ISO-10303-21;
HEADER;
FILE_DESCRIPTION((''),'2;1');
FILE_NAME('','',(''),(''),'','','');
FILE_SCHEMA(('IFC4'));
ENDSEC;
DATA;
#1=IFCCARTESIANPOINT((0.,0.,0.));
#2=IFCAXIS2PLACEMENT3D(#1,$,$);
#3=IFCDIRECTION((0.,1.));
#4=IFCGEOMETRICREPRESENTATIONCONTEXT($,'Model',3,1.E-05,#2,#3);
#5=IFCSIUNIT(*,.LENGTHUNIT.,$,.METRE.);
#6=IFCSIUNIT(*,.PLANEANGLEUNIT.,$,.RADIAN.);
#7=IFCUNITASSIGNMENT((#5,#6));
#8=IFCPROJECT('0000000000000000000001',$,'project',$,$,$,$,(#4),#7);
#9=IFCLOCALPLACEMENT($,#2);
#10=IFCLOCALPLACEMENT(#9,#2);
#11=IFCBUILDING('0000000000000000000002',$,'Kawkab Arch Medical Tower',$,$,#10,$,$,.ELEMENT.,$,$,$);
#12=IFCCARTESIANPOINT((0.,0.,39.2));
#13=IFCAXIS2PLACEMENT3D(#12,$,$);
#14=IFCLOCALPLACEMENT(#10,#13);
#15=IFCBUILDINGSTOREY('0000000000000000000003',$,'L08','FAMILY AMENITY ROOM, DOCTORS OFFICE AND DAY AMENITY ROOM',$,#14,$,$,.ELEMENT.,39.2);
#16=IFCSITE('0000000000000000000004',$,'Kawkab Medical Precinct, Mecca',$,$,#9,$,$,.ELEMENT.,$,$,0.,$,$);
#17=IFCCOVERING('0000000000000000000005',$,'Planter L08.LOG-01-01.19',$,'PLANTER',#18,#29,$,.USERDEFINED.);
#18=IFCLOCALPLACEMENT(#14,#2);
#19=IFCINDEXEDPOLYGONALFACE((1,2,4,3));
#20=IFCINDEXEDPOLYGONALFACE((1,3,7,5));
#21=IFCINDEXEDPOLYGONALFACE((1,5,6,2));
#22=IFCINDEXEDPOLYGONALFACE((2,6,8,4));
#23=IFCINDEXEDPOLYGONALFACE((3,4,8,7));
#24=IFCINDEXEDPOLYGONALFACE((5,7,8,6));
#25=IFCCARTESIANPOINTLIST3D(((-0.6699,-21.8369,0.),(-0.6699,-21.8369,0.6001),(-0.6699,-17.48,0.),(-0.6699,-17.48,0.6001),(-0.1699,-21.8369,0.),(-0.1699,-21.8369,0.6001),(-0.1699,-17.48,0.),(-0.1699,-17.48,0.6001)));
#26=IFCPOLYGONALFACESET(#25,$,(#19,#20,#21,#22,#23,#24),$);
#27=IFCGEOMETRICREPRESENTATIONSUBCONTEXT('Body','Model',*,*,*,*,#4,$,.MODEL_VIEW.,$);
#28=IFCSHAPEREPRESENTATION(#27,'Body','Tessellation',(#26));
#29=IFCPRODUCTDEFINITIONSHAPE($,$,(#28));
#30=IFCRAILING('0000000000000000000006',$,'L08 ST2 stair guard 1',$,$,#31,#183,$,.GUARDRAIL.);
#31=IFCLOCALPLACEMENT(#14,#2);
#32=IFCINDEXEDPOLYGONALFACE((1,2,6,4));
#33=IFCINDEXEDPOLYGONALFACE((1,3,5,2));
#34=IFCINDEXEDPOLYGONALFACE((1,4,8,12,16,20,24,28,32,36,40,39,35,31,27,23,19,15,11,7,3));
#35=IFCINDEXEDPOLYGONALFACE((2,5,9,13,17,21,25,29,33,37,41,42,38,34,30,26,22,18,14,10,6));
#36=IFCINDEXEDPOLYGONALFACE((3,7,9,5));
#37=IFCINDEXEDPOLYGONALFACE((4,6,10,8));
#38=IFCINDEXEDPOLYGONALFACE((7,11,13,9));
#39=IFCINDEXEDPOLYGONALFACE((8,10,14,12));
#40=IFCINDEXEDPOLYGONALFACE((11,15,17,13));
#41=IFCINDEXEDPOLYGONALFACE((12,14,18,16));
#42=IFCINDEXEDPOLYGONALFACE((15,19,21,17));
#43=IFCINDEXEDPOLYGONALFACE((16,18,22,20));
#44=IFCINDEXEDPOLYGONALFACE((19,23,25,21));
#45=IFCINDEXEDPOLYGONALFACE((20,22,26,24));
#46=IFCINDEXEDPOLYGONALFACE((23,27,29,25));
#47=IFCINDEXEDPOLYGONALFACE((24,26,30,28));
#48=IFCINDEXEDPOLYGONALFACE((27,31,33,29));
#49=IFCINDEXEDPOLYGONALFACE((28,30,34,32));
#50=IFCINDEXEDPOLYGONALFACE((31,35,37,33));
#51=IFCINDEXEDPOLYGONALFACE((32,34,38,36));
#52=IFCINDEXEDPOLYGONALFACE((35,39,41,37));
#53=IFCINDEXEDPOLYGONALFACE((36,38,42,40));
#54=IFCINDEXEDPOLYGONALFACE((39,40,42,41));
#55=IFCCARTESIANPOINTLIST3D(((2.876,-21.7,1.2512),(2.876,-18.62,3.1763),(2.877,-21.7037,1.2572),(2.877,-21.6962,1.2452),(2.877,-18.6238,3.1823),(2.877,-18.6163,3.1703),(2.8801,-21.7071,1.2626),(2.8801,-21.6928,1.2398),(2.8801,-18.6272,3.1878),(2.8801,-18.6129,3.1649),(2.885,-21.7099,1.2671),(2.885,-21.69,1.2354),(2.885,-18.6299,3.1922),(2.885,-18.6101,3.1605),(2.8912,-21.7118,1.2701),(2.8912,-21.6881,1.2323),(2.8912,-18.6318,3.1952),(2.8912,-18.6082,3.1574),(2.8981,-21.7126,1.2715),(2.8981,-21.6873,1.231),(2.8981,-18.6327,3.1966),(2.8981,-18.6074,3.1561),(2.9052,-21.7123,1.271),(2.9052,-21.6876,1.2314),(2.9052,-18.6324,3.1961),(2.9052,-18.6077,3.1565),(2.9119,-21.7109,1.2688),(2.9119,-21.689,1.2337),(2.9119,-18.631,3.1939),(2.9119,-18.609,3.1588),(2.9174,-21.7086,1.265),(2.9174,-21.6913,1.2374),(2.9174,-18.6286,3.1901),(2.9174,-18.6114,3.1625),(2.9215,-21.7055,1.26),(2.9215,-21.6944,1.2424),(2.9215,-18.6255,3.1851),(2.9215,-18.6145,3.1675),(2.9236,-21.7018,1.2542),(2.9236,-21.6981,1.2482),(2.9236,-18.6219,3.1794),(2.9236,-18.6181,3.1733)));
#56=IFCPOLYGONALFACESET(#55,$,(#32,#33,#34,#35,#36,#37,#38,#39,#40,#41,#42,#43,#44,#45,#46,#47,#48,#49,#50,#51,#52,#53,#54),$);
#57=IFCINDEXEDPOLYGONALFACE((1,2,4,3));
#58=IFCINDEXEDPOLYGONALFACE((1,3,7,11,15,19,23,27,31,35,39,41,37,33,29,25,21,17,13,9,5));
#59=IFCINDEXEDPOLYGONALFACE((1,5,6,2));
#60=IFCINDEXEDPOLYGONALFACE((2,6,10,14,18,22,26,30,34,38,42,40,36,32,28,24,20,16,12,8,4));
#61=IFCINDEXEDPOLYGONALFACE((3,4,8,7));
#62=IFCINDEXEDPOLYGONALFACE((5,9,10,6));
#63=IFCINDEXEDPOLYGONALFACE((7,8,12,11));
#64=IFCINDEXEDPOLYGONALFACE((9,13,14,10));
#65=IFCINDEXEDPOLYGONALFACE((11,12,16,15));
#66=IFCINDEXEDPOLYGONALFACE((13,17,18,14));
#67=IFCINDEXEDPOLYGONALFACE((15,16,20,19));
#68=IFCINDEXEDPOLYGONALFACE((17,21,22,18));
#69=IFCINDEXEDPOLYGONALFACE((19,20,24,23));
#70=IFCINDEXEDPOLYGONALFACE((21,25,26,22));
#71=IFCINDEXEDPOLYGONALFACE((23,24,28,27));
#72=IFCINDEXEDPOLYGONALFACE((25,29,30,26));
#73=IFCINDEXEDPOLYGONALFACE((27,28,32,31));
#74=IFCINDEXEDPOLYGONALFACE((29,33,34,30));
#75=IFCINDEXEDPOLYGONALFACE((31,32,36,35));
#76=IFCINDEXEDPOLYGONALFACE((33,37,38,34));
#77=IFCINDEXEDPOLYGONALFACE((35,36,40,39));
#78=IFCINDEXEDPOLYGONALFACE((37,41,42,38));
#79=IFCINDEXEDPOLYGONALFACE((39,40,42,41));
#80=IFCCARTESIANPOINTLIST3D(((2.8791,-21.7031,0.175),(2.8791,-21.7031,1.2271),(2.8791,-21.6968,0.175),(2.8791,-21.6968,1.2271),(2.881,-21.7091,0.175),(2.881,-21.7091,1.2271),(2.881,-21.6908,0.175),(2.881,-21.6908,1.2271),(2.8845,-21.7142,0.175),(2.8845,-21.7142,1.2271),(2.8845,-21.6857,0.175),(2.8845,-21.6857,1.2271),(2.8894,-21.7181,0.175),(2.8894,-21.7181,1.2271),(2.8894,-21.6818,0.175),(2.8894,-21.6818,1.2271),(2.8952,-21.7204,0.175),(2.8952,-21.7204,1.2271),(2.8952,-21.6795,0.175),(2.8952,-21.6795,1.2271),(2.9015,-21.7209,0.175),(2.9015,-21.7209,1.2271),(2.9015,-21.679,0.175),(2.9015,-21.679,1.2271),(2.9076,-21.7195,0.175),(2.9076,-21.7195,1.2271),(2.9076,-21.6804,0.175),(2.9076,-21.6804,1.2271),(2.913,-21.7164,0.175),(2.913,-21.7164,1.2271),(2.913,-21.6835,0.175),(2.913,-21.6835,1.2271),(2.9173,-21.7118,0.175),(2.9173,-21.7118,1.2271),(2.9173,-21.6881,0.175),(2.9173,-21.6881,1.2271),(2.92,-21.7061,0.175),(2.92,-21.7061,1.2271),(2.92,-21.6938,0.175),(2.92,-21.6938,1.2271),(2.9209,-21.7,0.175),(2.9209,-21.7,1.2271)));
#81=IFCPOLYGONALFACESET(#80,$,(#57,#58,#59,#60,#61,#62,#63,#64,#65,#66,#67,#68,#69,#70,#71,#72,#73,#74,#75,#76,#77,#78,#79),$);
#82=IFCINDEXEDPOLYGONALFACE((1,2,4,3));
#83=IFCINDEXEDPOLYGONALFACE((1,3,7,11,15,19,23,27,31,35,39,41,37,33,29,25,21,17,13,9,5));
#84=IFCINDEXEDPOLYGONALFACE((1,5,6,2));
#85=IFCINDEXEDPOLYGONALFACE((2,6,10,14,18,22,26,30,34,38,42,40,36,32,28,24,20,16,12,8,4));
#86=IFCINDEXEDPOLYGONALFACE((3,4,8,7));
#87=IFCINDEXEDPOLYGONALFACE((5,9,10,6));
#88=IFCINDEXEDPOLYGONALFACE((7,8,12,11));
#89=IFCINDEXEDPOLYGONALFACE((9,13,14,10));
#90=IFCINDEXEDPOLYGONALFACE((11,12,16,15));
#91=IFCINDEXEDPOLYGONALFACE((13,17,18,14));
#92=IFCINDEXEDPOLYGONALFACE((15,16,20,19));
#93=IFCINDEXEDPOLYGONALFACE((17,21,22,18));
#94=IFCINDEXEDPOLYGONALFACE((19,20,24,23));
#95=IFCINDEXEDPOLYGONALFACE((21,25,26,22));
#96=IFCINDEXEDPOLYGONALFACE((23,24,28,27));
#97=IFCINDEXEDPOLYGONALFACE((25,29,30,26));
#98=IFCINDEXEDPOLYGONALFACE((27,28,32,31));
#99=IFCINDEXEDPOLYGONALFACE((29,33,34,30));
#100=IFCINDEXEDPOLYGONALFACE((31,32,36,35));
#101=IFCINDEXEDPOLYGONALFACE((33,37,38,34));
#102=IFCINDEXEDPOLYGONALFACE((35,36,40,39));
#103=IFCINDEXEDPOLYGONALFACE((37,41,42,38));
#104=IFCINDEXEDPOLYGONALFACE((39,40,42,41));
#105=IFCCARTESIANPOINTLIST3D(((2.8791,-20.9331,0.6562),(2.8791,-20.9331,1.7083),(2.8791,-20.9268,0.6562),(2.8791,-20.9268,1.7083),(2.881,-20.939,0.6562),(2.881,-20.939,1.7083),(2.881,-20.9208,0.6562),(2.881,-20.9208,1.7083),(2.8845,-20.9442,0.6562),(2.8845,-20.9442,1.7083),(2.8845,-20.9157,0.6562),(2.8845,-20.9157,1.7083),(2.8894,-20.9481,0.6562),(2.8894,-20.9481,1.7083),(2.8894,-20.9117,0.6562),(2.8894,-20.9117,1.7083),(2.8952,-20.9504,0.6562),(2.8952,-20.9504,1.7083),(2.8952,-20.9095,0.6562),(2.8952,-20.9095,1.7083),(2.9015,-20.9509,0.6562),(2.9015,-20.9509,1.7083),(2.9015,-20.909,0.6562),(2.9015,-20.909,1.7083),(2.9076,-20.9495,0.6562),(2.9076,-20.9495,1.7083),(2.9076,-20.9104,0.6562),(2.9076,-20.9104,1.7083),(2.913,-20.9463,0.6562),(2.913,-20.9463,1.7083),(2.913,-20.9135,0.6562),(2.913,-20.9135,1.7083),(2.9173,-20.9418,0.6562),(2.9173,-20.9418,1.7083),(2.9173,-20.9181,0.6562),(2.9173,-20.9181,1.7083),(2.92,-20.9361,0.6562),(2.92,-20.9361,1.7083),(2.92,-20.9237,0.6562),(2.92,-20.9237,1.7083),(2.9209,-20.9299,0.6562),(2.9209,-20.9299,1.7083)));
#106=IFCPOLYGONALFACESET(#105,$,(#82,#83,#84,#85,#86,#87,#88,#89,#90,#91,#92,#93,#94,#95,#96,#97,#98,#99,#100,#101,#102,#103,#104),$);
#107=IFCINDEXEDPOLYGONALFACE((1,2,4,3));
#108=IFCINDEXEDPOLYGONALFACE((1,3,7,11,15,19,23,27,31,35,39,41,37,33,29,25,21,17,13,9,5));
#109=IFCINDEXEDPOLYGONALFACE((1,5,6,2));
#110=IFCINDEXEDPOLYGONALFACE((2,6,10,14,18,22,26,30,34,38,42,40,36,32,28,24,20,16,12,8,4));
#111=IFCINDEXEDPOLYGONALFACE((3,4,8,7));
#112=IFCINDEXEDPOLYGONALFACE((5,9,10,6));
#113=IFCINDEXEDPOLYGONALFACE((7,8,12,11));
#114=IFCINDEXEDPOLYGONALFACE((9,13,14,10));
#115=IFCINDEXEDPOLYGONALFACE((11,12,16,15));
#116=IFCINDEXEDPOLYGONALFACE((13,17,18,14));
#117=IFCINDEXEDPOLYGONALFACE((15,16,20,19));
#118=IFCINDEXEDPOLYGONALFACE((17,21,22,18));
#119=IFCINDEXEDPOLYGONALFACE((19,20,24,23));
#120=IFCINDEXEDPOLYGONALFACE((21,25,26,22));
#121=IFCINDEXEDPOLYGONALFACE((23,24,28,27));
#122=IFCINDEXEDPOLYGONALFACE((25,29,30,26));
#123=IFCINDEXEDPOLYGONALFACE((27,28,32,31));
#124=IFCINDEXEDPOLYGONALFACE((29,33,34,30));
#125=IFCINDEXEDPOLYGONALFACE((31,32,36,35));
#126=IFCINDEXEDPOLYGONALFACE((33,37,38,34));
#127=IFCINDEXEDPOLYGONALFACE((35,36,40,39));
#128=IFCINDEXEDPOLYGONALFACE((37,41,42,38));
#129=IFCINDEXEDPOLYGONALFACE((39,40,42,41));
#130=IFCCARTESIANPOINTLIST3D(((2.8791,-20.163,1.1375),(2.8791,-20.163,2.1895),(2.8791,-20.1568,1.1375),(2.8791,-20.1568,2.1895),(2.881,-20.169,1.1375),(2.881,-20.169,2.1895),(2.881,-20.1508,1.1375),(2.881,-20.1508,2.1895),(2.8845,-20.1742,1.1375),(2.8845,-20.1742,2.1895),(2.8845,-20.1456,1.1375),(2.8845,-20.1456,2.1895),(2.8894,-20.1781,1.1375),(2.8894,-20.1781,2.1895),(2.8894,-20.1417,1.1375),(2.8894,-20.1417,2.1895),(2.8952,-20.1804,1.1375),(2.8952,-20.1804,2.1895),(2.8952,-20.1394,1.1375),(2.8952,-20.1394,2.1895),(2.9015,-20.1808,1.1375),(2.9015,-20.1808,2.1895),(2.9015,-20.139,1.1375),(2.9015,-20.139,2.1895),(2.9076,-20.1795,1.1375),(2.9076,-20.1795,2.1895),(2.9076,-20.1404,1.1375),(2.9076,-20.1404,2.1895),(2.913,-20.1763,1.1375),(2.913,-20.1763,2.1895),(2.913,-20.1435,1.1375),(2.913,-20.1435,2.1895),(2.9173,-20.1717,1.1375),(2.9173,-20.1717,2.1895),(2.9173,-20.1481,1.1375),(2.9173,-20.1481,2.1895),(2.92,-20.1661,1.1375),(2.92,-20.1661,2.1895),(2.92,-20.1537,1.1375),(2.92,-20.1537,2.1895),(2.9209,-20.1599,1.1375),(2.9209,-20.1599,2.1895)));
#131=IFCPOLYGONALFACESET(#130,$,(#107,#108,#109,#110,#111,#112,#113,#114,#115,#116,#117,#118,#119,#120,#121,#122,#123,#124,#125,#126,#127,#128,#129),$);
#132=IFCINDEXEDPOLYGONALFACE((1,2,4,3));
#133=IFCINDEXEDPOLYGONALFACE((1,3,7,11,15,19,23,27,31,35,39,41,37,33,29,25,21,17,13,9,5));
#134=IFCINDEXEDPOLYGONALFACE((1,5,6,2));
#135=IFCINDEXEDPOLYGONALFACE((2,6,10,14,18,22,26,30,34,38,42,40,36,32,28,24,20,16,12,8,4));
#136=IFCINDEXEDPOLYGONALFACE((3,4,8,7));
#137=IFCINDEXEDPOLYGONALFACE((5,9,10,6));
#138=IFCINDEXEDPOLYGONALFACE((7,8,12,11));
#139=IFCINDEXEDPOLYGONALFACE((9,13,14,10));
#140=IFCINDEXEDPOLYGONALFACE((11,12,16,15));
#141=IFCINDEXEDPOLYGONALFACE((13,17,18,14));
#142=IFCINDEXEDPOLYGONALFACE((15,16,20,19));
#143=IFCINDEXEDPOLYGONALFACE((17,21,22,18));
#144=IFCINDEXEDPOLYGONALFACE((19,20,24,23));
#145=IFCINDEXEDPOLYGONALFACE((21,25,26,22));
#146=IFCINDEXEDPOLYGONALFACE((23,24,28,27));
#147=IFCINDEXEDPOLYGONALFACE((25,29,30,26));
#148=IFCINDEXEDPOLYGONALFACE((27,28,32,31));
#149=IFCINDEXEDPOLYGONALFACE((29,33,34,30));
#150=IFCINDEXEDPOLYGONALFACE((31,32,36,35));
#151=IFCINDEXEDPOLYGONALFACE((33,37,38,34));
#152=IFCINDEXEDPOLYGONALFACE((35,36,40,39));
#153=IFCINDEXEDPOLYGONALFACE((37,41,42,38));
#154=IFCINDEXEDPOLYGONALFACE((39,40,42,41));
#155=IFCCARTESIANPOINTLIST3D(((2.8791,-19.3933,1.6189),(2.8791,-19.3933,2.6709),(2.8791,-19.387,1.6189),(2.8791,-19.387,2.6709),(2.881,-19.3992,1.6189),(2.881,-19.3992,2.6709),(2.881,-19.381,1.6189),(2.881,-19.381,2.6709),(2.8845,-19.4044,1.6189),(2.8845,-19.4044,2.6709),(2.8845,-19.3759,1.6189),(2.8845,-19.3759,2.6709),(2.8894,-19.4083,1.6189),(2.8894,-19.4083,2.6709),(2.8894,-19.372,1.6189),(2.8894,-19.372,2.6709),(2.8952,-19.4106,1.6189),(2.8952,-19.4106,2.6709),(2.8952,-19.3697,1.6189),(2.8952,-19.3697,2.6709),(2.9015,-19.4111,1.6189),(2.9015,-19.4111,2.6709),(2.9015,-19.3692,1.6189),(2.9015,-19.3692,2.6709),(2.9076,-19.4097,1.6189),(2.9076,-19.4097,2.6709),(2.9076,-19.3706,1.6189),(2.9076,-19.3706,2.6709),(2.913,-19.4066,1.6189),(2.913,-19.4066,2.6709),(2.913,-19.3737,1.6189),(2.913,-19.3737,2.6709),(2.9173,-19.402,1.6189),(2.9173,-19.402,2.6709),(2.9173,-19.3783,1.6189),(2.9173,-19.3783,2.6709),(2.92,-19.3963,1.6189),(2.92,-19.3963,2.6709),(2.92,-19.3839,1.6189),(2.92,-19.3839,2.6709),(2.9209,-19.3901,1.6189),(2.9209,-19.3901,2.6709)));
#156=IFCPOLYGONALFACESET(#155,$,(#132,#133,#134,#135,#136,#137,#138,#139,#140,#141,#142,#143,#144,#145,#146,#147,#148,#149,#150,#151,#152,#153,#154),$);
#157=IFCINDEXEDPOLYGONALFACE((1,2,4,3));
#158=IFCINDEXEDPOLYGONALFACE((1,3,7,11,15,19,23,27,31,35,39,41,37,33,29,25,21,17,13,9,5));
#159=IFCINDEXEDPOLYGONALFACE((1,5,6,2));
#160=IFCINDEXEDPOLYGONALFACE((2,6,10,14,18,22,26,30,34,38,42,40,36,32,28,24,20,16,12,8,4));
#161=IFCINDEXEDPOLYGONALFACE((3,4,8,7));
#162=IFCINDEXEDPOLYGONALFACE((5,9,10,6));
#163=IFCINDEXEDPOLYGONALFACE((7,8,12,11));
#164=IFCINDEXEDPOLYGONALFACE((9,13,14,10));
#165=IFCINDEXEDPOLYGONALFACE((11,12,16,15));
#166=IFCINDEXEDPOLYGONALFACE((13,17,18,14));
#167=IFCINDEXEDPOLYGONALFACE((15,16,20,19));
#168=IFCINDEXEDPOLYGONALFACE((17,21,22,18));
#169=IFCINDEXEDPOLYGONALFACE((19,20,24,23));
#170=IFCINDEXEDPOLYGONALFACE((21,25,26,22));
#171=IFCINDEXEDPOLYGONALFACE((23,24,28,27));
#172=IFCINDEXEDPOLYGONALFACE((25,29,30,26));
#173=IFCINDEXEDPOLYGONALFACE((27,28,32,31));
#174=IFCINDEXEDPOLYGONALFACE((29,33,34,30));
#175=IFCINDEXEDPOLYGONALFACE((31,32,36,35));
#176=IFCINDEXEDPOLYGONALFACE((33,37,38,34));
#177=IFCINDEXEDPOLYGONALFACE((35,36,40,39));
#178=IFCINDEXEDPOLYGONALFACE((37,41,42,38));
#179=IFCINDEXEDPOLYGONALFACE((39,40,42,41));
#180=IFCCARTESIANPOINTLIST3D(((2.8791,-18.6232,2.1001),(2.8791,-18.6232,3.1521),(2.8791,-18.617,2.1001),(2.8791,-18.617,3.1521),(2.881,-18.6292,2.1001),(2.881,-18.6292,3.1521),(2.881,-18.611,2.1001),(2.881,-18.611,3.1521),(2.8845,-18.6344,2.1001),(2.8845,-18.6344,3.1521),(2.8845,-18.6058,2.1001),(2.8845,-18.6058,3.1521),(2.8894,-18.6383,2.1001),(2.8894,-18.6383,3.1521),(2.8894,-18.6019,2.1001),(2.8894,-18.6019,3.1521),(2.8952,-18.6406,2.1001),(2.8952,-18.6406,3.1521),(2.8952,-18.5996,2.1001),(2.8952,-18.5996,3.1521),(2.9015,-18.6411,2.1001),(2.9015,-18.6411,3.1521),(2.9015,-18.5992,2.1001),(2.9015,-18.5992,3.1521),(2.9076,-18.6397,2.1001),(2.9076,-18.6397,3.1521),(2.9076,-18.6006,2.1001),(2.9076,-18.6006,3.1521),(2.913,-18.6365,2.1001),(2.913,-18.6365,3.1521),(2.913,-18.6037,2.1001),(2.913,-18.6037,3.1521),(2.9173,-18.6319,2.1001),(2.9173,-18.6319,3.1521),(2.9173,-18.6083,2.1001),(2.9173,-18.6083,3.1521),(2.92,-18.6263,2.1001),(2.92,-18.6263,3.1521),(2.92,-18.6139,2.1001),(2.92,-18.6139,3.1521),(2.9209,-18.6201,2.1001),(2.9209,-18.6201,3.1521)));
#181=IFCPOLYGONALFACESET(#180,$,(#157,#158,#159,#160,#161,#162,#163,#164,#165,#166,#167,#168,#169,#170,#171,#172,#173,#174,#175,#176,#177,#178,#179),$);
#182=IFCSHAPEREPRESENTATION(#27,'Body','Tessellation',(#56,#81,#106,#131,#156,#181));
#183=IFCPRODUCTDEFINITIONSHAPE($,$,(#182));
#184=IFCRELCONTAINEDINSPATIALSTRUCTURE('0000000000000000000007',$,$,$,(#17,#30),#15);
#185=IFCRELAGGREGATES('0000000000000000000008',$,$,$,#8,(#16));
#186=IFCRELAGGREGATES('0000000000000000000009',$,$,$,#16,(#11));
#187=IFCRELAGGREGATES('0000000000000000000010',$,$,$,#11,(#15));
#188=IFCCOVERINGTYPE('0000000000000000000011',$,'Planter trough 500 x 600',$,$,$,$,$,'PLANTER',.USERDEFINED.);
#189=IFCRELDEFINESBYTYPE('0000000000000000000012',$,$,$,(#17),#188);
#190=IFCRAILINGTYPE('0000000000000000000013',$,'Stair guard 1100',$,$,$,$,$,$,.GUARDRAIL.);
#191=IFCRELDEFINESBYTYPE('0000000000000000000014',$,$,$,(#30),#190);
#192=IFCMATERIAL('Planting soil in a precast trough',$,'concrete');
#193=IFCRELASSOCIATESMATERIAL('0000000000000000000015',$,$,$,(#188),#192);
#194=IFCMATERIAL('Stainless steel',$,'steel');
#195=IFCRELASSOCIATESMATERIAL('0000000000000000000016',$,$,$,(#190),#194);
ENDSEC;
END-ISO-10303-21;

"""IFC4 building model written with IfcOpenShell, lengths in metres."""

from ifc_helpers import new_model, si_unit, direction, frame, origin, origin_2d, place, context, subcontext, project, spatial, rectangle, circle, extrude, material, material_profile, profile_set, type_object, element, save


model = new_model("IFC4")

# Units and contexts
model_context = context("Model", 3, precision=1e-05, world=origin(), true_north=direction((0.0, 1.0)))
body_context = subcontext(model_context, "Body", "Model", "MODEL_VIEW")
ifc_project = project(units=[si_unit("LENGTHUNIT", "METRE"), si_unit("PLANEANGLEUNIT", "RADIAN")], contexts=[model_context])

# Site, building, storey
site_placement = place(None, origin())
site = spatial("IfcSite", under=ifc_project, at=site_placement, Name="Kawkab Medical Precinct, Mecca", CompositionType="ELEMENT", RefElevation=0.0)
building_placement = place(site_placement, origin())
building = spatial("IfcBuilding", under=site, at=building_placement, Name="Kawkab Arch Medical Tower", CompositionType="ELEMENT")
storey_placement = place(building_placement, frame((0.0, 0.0, 39.2)))
storey = spatial("IfcBuildingStorey", under=building, at=storey_placement, Name="L08", Description="FAMILY AMENITY ROOM, DOCTORS OFFICE AND DAY AMENITY ROOM", CompositionType="ELEMENT", Elevation=39.2)

# Covering
ifc_material_1 = material(Name="Planting soil in a precast trough", Category="concrete")
ifc_material_profile_1 = material_profile(ifc_material_1, rectangle(XDim=0.5, YDim=0.6001, at=origin_2d()), Name="Trough 500x600")
ifc_profile_set_1 = profile_set([ifc_material_profile_1], Name="Planting soil in a precast trough")
covering_type_1 = type_object("IfcCoveringType", Name="Planter trough 500 x 600", ElementType="PLANTER", PredefinedType="USERDEFINED", material=ifc_profile_set_1)
covering_1_placement = place(storey_placement, frame((-0.4199, -21.8369, 0.3), z_axis=(0.0, 1.0, 0.0), x_axis=(-1.0, 0.0, 0.0)))
element("IfcCovering", 1, at=covering_1_placement, inside=storey, type_object=covering_type_1, Name="Planter L08.LOG-01-01.19", ObjectType="PLANTER", PredefinedType="USERDEFINED", context=body_context, shape_type="SweptSolid", body=[
    extrude(rectangle(XDim=0.5, YDim=0.6001, at=origin_2d()), origin(), (0.0, 0.0, 1.0), 4.3569),
])

# Railing
ifc_material_2 = material(Name="Stainless steel", Category="steel")
railing_type_1 = type_object("IfcRailingType", Name="Stair guard 1100", PredefinedType="GUARDRAIL", material=ifc_material_2)
railing_1_placement = place(storey_placement, frame((2.8999, -21.7, 0.175)))
element("IfcRailing", 2, at=railing_1_placement, inside=storey, type_object=railing_type_1, Name="L08 ST2 stair guard 1", PredefinedType="GUARDRAIL", context=body_context, shape_type="SweptSolid", body=[
    extrude(circle(Radius=0.0239, at=origin_2d()), frame((0.0, 0.0, 1.0762), z_axis=(0.0, 0.847979, 0.530029), x_axis=(-1.0, 0.0, 0.0)), (0.0, 0.0, 1.0), 3.6321),
    extrude(circle(Radius=0.021, at=origin_2d()), origin(), (0.0, 0.0, 1.0), 1.052),
    extrude(circle(Radius=0.021, at=origin_2d()), frame((0.0, 0.77, 0.4812)), (0.0, 0.0, 1.0), 1.052),
    extrude(circle(Radius=0.021, at=origin_2d()), frame((0.0, 1.54, 0.9624)), (0.0, 0.0, 1.0), 1.052),
    extrude(circle(Radius=0.021, at=origin_2d()), frame((0.0, 2.3098, 1.4438)), (0.0, 0.0, 1.0), 1.052),
    extrude(circle(Radius=0.021, at=origin_2d()), frame((0.0, 3.0798, 1.925)), (0.0, 0.0, 1.0), 1.052),
])

save(model, "model.ifc")
